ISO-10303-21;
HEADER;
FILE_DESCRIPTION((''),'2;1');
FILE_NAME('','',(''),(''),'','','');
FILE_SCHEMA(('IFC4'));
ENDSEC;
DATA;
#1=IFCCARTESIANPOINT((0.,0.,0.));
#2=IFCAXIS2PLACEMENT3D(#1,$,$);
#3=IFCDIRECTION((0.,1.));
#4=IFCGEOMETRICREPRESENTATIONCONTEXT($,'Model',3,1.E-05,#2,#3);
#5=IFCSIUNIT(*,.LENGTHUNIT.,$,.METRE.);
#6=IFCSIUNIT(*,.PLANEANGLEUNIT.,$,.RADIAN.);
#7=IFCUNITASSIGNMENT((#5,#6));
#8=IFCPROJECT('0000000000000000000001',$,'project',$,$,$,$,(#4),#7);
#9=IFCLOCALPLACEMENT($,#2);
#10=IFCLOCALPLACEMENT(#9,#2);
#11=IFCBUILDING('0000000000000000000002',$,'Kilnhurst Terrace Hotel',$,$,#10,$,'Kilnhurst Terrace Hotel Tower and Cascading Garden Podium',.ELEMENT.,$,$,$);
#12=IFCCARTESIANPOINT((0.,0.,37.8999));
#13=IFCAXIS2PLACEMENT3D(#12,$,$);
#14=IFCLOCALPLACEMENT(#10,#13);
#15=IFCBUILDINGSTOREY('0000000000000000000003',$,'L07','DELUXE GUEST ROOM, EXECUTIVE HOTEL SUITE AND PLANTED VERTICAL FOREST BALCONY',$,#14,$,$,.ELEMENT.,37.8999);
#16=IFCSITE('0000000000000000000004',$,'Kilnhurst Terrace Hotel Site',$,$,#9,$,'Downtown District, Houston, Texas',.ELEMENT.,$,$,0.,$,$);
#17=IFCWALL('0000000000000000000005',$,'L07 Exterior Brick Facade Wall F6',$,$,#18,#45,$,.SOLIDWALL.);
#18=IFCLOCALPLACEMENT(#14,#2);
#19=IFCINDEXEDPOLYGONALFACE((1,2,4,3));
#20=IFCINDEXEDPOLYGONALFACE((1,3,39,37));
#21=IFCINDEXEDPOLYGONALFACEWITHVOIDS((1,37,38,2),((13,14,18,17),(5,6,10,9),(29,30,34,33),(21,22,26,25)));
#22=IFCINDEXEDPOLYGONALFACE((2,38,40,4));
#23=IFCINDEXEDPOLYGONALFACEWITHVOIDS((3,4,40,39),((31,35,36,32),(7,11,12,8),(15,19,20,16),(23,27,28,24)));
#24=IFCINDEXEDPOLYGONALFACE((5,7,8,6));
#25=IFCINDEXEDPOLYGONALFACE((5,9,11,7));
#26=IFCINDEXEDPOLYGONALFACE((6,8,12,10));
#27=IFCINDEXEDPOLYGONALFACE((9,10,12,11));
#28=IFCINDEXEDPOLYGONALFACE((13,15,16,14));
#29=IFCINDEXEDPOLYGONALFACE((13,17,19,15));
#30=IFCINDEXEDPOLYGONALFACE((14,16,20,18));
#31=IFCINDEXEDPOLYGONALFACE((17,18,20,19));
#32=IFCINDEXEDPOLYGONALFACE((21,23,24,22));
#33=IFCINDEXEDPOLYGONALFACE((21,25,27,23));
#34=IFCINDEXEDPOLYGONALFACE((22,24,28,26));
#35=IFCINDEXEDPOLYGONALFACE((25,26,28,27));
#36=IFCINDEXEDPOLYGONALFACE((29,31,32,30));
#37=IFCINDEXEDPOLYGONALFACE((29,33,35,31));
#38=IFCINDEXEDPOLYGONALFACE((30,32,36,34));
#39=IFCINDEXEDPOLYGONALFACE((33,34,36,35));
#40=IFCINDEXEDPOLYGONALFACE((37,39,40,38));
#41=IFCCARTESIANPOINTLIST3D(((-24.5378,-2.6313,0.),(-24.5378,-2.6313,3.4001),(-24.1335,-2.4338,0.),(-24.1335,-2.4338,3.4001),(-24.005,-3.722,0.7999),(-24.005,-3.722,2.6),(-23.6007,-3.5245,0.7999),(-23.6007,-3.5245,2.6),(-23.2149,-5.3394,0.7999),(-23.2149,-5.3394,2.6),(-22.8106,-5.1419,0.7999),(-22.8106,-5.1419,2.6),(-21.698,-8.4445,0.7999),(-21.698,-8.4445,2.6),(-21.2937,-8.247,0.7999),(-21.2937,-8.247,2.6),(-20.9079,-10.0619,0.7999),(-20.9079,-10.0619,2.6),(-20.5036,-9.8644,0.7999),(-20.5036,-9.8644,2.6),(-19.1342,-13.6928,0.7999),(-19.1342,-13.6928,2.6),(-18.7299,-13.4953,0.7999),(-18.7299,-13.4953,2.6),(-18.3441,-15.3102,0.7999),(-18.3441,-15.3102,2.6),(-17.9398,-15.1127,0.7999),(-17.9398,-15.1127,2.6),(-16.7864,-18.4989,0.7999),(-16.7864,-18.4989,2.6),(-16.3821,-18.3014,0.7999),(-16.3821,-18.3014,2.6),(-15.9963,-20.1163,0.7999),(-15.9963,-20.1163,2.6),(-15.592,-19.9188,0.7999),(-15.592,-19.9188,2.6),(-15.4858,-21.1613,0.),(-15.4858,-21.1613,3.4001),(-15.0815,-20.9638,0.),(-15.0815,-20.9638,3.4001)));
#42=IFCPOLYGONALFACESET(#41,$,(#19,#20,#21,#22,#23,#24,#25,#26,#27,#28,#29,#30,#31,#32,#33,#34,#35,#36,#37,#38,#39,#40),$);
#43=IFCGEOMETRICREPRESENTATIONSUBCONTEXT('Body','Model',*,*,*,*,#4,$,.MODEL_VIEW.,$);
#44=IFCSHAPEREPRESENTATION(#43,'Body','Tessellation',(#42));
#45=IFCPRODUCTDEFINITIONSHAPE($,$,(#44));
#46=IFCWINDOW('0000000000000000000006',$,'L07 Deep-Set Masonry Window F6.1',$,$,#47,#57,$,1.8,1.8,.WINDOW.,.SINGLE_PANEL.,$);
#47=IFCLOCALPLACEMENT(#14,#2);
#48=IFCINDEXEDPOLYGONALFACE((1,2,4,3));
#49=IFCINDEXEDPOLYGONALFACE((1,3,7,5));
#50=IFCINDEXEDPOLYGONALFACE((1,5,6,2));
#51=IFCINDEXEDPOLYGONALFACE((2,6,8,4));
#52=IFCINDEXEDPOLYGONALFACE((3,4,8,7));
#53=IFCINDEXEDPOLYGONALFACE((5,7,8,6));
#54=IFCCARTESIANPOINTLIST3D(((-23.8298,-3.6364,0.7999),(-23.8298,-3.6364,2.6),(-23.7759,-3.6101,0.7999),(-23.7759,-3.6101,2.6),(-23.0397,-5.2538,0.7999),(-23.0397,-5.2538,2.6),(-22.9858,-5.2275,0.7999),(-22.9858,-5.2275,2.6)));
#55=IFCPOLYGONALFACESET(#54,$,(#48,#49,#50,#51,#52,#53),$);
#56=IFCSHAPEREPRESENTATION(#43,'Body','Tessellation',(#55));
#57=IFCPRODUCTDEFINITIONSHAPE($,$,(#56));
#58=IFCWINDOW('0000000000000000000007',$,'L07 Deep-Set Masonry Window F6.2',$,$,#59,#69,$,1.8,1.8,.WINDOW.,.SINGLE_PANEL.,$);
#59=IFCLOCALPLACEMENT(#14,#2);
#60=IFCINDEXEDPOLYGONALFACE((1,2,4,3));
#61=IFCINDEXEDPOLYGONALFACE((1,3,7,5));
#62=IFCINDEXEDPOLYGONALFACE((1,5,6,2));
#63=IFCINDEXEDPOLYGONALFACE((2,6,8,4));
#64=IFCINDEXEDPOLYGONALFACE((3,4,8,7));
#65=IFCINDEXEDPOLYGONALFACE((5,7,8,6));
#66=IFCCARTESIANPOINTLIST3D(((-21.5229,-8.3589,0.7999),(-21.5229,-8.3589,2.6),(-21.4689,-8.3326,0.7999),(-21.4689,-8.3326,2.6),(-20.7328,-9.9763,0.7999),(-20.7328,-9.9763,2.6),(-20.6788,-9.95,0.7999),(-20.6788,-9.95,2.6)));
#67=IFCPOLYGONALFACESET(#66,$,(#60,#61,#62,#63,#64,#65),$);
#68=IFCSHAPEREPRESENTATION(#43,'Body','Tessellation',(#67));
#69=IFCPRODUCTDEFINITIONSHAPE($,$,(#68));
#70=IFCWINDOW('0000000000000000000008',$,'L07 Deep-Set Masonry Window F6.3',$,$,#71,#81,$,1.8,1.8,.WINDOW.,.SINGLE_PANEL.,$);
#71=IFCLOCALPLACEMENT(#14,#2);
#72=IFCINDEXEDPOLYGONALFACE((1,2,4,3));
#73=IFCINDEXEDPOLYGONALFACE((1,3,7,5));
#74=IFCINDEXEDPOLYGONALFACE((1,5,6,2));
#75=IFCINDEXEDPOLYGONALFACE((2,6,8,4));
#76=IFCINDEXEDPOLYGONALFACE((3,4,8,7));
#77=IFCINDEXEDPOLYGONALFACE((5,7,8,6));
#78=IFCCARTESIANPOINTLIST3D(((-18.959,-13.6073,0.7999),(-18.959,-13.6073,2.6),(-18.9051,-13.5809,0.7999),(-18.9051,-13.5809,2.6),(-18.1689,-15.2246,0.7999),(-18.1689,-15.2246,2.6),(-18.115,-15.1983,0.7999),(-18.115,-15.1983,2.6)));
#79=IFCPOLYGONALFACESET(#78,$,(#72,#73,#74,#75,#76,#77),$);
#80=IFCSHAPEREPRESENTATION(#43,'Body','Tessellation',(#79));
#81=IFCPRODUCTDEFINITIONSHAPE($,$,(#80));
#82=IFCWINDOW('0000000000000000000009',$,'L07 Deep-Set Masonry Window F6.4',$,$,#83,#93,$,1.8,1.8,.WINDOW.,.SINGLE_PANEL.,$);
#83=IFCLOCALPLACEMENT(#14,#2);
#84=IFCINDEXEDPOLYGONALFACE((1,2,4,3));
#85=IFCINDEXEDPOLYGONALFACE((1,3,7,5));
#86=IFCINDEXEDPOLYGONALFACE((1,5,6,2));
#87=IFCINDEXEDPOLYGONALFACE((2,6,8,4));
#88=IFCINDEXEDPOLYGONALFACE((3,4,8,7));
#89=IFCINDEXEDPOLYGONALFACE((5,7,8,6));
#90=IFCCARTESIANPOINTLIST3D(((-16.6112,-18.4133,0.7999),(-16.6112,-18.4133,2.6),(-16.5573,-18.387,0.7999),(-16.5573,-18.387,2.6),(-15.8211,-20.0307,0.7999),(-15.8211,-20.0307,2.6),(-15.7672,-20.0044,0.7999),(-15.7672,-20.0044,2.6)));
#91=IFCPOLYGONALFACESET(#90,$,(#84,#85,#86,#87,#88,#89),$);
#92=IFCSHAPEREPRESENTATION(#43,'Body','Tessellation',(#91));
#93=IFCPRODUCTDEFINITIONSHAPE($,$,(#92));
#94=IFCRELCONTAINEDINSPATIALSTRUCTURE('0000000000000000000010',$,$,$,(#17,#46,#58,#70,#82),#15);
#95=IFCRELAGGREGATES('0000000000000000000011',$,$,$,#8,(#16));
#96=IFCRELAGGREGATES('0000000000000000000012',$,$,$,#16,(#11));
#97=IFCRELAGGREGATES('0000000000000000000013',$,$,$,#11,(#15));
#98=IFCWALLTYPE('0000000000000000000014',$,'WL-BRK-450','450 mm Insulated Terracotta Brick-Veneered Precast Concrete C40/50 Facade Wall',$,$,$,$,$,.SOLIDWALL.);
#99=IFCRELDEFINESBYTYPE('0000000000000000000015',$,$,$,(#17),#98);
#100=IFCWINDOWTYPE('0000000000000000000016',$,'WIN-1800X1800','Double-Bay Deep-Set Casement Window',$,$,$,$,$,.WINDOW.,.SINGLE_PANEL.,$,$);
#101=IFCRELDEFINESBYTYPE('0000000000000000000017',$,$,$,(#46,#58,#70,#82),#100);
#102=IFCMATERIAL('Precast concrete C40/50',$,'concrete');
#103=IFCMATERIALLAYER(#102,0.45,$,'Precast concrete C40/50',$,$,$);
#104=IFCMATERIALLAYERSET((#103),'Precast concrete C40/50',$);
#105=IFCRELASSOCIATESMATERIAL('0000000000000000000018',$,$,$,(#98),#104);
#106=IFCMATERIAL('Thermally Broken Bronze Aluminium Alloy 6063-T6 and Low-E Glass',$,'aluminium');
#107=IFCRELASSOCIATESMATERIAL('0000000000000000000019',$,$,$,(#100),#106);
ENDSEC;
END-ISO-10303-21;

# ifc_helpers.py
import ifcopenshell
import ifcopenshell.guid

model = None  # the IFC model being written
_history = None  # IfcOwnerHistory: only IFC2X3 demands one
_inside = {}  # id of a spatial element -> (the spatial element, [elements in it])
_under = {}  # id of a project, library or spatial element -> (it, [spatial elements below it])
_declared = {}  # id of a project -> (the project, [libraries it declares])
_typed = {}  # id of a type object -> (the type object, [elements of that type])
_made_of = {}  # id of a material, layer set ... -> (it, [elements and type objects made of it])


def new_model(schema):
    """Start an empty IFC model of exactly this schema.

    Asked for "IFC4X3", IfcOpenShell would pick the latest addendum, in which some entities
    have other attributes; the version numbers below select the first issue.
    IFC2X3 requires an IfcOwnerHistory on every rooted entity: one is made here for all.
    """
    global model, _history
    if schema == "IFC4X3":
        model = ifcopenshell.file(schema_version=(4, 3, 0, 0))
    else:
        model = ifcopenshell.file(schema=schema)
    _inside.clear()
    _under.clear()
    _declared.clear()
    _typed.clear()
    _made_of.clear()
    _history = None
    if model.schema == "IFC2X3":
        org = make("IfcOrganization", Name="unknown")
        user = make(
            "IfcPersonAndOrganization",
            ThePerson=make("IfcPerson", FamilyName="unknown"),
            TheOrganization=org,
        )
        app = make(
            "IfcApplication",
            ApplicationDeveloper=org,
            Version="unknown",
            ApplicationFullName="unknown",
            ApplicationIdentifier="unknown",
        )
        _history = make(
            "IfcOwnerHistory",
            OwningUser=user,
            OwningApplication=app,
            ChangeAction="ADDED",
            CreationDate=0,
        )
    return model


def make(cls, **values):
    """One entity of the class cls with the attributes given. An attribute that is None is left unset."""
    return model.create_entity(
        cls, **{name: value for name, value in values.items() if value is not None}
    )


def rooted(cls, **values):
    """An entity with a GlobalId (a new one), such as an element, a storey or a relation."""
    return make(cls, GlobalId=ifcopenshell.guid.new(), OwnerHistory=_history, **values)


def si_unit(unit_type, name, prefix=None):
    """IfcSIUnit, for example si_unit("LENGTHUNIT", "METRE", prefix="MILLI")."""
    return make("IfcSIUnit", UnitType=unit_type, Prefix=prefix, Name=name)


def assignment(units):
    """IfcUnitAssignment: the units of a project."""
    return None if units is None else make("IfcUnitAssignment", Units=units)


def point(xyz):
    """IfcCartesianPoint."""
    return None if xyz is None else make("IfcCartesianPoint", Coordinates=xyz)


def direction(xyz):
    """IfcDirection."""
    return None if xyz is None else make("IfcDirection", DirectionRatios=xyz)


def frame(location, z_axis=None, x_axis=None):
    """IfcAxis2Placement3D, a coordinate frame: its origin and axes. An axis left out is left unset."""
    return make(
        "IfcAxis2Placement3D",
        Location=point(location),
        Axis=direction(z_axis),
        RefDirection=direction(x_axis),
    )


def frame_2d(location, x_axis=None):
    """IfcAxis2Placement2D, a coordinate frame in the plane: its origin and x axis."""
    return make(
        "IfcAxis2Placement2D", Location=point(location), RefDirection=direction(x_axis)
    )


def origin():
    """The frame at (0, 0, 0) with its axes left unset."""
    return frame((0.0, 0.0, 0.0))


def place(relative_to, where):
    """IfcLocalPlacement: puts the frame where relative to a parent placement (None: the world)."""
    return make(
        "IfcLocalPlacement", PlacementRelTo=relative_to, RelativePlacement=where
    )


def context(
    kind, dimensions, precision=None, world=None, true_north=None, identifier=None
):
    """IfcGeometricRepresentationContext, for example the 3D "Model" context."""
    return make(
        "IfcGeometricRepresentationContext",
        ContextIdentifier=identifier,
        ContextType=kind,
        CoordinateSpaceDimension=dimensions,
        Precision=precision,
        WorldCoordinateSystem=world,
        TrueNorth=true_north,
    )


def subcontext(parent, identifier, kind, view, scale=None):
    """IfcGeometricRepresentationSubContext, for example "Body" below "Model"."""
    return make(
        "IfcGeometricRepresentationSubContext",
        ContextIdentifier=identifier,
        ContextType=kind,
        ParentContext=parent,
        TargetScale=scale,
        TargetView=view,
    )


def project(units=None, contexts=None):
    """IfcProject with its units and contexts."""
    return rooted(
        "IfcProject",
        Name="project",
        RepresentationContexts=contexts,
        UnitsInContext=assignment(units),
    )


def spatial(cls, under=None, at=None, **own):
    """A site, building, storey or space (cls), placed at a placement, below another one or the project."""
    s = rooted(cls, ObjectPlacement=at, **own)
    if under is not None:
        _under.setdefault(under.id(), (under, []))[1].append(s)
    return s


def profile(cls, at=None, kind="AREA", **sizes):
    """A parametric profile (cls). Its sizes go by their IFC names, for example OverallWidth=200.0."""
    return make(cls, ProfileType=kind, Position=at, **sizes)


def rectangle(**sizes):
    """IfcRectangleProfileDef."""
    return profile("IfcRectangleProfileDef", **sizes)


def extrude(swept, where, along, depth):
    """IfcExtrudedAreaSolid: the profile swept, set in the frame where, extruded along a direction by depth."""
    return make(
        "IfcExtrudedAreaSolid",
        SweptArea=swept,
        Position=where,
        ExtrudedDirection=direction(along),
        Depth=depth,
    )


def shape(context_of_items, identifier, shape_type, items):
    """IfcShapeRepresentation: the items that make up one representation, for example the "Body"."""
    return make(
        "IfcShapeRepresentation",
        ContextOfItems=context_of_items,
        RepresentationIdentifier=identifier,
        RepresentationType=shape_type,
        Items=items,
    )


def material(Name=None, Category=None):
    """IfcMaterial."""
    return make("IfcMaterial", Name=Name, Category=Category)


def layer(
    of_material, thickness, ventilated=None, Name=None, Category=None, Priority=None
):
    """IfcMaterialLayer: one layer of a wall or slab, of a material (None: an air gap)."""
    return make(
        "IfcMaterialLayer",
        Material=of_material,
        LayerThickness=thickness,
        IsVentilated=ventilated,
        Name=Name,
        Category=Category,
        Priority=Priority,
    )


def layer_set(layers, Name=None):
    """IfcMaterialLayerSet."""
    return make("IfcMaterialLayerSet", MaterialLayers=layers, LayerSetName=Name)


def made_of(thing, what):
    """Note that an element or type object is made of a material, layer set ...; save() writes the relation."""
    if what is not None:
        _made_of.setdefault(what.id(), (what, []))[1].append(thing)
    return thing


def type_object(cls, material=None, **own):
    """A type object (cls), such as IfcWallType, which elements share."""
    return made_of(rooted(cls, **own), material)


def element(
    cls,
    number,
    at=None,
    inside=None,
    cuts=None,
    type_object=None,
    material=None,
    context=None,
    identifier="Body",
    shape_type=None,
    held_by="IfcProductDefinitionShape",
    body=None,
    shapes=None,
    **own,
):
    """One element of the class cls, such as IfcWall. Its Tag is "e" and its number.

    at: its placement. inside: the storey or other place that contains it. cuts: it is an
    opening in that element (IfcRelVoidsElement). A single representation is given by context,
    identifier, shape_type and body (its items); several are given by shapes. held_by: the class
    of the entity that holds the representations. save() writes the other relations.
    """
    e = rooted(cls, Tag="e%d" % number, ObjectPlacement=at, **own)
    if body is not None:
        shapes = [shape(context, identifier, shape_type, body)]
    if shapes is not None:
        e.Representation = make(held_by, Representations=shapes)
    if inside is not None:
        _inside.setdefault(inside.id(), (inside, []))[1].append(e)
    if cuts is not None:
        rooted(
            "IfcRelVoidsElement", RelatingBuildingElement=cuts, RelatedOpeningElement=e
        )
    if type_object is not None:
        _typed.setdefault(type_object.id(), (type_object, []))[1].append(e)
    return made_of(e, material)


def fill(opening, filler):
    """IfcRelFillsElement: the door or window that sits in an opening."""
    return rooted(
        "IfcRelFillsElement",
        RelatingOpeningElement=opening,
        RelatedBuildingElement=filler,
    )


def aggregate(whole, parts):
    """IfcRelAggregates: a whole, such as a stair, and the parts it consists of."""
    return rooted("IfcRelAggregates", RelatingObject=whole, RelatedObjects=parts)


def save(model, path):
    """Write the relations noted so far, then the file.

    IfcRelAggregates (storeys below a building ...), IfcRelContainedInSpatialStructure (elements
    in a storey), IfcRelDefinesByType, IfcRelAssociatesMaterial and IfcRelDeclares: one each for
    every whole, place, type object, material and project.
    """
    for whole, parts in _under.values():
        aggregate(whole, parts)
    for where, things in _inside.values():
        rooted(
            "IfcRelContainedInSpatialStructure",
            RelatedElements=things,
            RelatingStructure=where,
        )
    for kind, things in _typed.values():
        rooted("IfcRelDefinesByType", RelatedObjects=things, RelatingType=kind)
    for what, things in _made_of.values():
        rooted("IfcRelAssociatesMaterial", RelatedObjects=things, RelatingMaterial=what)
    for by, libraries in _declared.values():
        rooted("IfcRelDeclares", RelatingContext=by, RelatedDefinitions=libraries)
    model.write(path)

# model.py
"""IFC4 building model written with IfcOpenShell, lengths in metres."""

from ifc_helpers import new_model, si_unit, direction, frame, frame_2d, origin, place, context, subcontext, project, spatial, rectangle, extrude, material, layer, layer_set, type_object, element, fill, save


model = new_model("IFC4")

# Units and contexts
model_context = context("Model", 3, precision=1e-05, world=origin(), true_north=direction((0.0, 1.0)))
body_context = subcontext(model_context, "Body", "Model", "MODEL_VIEW")
ifc_project = project(units=[si_unit("LENGTHUNIT", "METRE"), si_unit("PLANEANGLEUNIT", "RADIAN")], contexts=[model_context])

# Site, building, storey
site_placement = place(None, origin())
site = spatial("IfcSite", under=ifc_project, at=site_placement, Name="Kilnhurst Terrace Hotel Site", LongName="Downtown District, Houston, Texas", CompositionType="ELEMENT", RefElevation=0.0)
building_placement = place(site_placement, origin())
building = spatial("IfcBuilding", under=site, at=building_placement, Name="Kilnhurst Terrace Hotel", LongName="Kilnhurst Terrace Hotel Tower and Cascading Garden Podium", CompositionType="ELEMENT")
storey_placement = place(building_placement, frame((0.0, 0.0, 37.8999)))
storey = spatial("IfcBuildingStorey", under=building, at=storey_placement, Name="L07", Description="DELUXE GUEST ROOM, EXECUTIVE HOTEL SUITE AND PLANTED VERTICAL FOREST BALCONY", CompositionType="ELEMENT", Elevation=37.8999)

# Shared definitions
ifc_material_1 = material(Name="Precast concrete C40/50", Category="concrete")
ifc_layer_1 = layer(ifc_material_1, 0.45, Name="Precast concrete C40/50")
ifc_layer_set_1 = layer_set([ifc_layer_1], Name="Precast concrete C40/50")
wall_type_1 = type_object("IfcWallType", Name="WL-BRK-450", Description="450 mm Insulated Terracotta Brick-Veneered Precast Concrete C40/50 Facade Wall", PredefinedType="SOLIDWALL", material=ifc_layer_set_1)

# Wall, openings, windows
wall_1_placement = place(storey_placement, frame((-24.3357, -2.5325, 0.0), z_axis=(0.0, 0.0, 1.0), x_axis=(0.438931, -0.898521, 0.0)))
wall_1 = element("IfcWall", 1, at=wall_1_placement, inside=storey, type_object=wall_type_1, Name="L07 Exterior Brick Facade Wall F6", PredefinedType="SOLIDWALL", context=body_context, shape_type="SweptSolid", body=[
    extrude(rectangle(XDim=20.6228, YDim=0.45, at=frame_2d((10.3115, 0.0))), origin(), (0.0, 0.0, 1.0), 3.4001),
])
opening_1_placement = place(wall_1_placement, frame((1.2141, 0.0, 0.8)))
opening_1 = element("IfcOpeningElement", 2, at=opening_1_placement, cuts=wall_1, PredefinedType="OPENING", context=body_context, shape_type="SweptSolid", body=[
    extrude(rectangle(XDim=1.8, YDim=1.8, at=frame_2d((0.8999, 0.8999))), frame((0.0, 0.2349, 0.0), z_axis=(0.0, -1.0, 0.0), x_axis=(1.0, 0.0, 0.0)), (0.0, 0.0, 1.0), 0.47),
])
opening_2_placement = place(wall_1_placement, frame((6.47, 0.0, 0.8)))
opening_2 = element("IfcOpeningElement", 3, at=opening_2_placement, cuts=wall_1, PredefinedType="OPENING", context=body_context, shape_type="SweptSolid", body=[
    extrude(rectangle(XDim=1.8, YDim=1.8, at=frame_2d((0.8999, 0.8999))), frame((0.0, 0.2349, 0.0), z_axis=(0.0, -1.0, 0.0), x_axis=(1.0, 0.0, 0.0)), (0.0, 0.0, 1.0), 0.47),
])
opening_3_placement = place(wall_1_placement, frame((12.311, 0.0, 0.8)))
opening_3 = element("IfcOpeningElement", 4, at=opening_3_placement, cuts=wall_1, PredefinedType="OPENING", context=body_context, shape_type="SweptSolid", body=[
    extrude(rectangle(XDim=1.8, YDim=1.8, at=frame_2d((0.8999, 0.8999))), frame((0.0, 0.2349, 0.0), z_axis=(0.0, -1.0, 0.0), x_axis=(1.0, 0.0, 0.0)), (0.0, 0.0, 1.0), 0.47),
])
opening_4_placement = place(wall_1_placement, frame((17.6599, 0.0, 0.8)))
opening_4 = element("IfcOpeningElement", 5, at=opening_4_placement, cuts=wall_1, PredefinedType="OPENING", context=body_context, shape_type="SweptSolid", body=[
    extrude(rectangle(XDim=1.8, YDim=1.8, at=frame_2d((0.8999, 0.8999))), frame((0.0, 0.2349, 0.0), z_axis=(0.0, -1.0, 0.0), x_axis=(1.0, 0.0, 0.0)), (0.0, 0.0, 1.0), 0.47),
])
ifc_material_2 = material(Name="Thermally Broken Bronze Aluminium Alloy 6063-T6 and Low-E Glass", Category="aluminium")
window_type = type_object("IfcWindowType", Name="WIN-1800X1800", Description="Double-Bay Deep-Set Casement Window", PartitioningType="SINGLE_PANEL", PredefinedType="WINDOW", material=ifc_material_2)
window_1_placement = place(opening_1_placement, origin())
window_1 = element("IfcWindow", 6, at=window_1_placement, inside=storey, type_object=window_type, Name="L07 Deep-Set Masonry Window F6.1", OverallHeight=1.8, OverallWidth=1.8, PartitioningType="SINGLE_PANEL", PredefinedType="WINDOW", context=body_context, shape_type="SweptSolid", body=[
    extrude(rectangle(XDim=1.8, YDim=1.8, at=frame_2d((0.8999, 0.8999))), frame((0.0, 0.03, 0.0), z_axis=(0.0, -1.0, 0.0), x_axis=(1.0, 0.0, 0.0)), (0.0, 0.0, 1.0), 0.0601),
])
fill(opening_1, window_1)
window_2_placement = place(opening_2_placement, origin())
window_2 = element("IfcWindow", 7, at=window_2_placement, inside=storey, type_object=window_type, Name="L07 Deep-Set Masonry Window F6.2", OverallHeight=1.8, OverallWidth=1.8, PartitioningType="SINGLE_PANEL", PredefinedType="WINDOW", context=body_context, shape_type="SweptSolid", body=[
    extrude(rectangle(XDim=1.8, YDim=1.8, at=frame_2d((0.8999, 0.8999))), frame((0.0, 0.03, 0.0), z_axis=(0.0, -1.0, 0.0), x_axis=(1.0, 0.0, 0.0)), (0.0, 0.0, 1.0), 0.0601),
])
fill(opening_2, window_2)
window_3_placement = place(opening_3_placement, origin())
window_3 = element("IfcWindow", 8, at=window_3_placement, inside=storey, type_object=window_type, Name="L07 Deep-Set Masonry Window F6.3", OverallHeight=1.8, OverallWidth=1.8, PartitioningType="SINGLE_PANEL", PredefinedType="WINDOW", context=body_context, shape_type="SweptSolid", body=[
    extrude(rectangle(XDim=1.8, YDim=1.8, at=frame_2d((0.8999, 0.8999))), frame((0.0, 0.03, 0.0), z_axis=(0.0, -1.0, 0.0), x_axis=(1.0, 0.0, 0.0)), (0.0, 0.0, 1.0), 0.0601),
])
fill(opening_3, window_3)
window_4_placement = place(opening_4_placement, origin())
window_4 = element("IfcWindow", 9, at=window_4_placement, inside=storey, type_object=window_type, Name="L07 Deep-Set Masonry Window F6.4", OverallHeight=1.8, OverallWidth=1.8, PartitioningType="SINGLE_PANEL", PredefinedType="WINDOW", context=body_context, shape_type="SweptSolid", body=[
    extrude(rectangle(XDim=1.8, YDim=1.8, at=frame_2d((0.8999, 0.8999))), frame((0.0, 0.03, 0.0), z_axis=(0.0, -1.0, 0.0), x_axis=(1.0, 0.0, 0.0)), (0.0, 0.0, 1.0), 0.0601),
])
fill(opening_4, window_4)

save(model, "model.ifc")
